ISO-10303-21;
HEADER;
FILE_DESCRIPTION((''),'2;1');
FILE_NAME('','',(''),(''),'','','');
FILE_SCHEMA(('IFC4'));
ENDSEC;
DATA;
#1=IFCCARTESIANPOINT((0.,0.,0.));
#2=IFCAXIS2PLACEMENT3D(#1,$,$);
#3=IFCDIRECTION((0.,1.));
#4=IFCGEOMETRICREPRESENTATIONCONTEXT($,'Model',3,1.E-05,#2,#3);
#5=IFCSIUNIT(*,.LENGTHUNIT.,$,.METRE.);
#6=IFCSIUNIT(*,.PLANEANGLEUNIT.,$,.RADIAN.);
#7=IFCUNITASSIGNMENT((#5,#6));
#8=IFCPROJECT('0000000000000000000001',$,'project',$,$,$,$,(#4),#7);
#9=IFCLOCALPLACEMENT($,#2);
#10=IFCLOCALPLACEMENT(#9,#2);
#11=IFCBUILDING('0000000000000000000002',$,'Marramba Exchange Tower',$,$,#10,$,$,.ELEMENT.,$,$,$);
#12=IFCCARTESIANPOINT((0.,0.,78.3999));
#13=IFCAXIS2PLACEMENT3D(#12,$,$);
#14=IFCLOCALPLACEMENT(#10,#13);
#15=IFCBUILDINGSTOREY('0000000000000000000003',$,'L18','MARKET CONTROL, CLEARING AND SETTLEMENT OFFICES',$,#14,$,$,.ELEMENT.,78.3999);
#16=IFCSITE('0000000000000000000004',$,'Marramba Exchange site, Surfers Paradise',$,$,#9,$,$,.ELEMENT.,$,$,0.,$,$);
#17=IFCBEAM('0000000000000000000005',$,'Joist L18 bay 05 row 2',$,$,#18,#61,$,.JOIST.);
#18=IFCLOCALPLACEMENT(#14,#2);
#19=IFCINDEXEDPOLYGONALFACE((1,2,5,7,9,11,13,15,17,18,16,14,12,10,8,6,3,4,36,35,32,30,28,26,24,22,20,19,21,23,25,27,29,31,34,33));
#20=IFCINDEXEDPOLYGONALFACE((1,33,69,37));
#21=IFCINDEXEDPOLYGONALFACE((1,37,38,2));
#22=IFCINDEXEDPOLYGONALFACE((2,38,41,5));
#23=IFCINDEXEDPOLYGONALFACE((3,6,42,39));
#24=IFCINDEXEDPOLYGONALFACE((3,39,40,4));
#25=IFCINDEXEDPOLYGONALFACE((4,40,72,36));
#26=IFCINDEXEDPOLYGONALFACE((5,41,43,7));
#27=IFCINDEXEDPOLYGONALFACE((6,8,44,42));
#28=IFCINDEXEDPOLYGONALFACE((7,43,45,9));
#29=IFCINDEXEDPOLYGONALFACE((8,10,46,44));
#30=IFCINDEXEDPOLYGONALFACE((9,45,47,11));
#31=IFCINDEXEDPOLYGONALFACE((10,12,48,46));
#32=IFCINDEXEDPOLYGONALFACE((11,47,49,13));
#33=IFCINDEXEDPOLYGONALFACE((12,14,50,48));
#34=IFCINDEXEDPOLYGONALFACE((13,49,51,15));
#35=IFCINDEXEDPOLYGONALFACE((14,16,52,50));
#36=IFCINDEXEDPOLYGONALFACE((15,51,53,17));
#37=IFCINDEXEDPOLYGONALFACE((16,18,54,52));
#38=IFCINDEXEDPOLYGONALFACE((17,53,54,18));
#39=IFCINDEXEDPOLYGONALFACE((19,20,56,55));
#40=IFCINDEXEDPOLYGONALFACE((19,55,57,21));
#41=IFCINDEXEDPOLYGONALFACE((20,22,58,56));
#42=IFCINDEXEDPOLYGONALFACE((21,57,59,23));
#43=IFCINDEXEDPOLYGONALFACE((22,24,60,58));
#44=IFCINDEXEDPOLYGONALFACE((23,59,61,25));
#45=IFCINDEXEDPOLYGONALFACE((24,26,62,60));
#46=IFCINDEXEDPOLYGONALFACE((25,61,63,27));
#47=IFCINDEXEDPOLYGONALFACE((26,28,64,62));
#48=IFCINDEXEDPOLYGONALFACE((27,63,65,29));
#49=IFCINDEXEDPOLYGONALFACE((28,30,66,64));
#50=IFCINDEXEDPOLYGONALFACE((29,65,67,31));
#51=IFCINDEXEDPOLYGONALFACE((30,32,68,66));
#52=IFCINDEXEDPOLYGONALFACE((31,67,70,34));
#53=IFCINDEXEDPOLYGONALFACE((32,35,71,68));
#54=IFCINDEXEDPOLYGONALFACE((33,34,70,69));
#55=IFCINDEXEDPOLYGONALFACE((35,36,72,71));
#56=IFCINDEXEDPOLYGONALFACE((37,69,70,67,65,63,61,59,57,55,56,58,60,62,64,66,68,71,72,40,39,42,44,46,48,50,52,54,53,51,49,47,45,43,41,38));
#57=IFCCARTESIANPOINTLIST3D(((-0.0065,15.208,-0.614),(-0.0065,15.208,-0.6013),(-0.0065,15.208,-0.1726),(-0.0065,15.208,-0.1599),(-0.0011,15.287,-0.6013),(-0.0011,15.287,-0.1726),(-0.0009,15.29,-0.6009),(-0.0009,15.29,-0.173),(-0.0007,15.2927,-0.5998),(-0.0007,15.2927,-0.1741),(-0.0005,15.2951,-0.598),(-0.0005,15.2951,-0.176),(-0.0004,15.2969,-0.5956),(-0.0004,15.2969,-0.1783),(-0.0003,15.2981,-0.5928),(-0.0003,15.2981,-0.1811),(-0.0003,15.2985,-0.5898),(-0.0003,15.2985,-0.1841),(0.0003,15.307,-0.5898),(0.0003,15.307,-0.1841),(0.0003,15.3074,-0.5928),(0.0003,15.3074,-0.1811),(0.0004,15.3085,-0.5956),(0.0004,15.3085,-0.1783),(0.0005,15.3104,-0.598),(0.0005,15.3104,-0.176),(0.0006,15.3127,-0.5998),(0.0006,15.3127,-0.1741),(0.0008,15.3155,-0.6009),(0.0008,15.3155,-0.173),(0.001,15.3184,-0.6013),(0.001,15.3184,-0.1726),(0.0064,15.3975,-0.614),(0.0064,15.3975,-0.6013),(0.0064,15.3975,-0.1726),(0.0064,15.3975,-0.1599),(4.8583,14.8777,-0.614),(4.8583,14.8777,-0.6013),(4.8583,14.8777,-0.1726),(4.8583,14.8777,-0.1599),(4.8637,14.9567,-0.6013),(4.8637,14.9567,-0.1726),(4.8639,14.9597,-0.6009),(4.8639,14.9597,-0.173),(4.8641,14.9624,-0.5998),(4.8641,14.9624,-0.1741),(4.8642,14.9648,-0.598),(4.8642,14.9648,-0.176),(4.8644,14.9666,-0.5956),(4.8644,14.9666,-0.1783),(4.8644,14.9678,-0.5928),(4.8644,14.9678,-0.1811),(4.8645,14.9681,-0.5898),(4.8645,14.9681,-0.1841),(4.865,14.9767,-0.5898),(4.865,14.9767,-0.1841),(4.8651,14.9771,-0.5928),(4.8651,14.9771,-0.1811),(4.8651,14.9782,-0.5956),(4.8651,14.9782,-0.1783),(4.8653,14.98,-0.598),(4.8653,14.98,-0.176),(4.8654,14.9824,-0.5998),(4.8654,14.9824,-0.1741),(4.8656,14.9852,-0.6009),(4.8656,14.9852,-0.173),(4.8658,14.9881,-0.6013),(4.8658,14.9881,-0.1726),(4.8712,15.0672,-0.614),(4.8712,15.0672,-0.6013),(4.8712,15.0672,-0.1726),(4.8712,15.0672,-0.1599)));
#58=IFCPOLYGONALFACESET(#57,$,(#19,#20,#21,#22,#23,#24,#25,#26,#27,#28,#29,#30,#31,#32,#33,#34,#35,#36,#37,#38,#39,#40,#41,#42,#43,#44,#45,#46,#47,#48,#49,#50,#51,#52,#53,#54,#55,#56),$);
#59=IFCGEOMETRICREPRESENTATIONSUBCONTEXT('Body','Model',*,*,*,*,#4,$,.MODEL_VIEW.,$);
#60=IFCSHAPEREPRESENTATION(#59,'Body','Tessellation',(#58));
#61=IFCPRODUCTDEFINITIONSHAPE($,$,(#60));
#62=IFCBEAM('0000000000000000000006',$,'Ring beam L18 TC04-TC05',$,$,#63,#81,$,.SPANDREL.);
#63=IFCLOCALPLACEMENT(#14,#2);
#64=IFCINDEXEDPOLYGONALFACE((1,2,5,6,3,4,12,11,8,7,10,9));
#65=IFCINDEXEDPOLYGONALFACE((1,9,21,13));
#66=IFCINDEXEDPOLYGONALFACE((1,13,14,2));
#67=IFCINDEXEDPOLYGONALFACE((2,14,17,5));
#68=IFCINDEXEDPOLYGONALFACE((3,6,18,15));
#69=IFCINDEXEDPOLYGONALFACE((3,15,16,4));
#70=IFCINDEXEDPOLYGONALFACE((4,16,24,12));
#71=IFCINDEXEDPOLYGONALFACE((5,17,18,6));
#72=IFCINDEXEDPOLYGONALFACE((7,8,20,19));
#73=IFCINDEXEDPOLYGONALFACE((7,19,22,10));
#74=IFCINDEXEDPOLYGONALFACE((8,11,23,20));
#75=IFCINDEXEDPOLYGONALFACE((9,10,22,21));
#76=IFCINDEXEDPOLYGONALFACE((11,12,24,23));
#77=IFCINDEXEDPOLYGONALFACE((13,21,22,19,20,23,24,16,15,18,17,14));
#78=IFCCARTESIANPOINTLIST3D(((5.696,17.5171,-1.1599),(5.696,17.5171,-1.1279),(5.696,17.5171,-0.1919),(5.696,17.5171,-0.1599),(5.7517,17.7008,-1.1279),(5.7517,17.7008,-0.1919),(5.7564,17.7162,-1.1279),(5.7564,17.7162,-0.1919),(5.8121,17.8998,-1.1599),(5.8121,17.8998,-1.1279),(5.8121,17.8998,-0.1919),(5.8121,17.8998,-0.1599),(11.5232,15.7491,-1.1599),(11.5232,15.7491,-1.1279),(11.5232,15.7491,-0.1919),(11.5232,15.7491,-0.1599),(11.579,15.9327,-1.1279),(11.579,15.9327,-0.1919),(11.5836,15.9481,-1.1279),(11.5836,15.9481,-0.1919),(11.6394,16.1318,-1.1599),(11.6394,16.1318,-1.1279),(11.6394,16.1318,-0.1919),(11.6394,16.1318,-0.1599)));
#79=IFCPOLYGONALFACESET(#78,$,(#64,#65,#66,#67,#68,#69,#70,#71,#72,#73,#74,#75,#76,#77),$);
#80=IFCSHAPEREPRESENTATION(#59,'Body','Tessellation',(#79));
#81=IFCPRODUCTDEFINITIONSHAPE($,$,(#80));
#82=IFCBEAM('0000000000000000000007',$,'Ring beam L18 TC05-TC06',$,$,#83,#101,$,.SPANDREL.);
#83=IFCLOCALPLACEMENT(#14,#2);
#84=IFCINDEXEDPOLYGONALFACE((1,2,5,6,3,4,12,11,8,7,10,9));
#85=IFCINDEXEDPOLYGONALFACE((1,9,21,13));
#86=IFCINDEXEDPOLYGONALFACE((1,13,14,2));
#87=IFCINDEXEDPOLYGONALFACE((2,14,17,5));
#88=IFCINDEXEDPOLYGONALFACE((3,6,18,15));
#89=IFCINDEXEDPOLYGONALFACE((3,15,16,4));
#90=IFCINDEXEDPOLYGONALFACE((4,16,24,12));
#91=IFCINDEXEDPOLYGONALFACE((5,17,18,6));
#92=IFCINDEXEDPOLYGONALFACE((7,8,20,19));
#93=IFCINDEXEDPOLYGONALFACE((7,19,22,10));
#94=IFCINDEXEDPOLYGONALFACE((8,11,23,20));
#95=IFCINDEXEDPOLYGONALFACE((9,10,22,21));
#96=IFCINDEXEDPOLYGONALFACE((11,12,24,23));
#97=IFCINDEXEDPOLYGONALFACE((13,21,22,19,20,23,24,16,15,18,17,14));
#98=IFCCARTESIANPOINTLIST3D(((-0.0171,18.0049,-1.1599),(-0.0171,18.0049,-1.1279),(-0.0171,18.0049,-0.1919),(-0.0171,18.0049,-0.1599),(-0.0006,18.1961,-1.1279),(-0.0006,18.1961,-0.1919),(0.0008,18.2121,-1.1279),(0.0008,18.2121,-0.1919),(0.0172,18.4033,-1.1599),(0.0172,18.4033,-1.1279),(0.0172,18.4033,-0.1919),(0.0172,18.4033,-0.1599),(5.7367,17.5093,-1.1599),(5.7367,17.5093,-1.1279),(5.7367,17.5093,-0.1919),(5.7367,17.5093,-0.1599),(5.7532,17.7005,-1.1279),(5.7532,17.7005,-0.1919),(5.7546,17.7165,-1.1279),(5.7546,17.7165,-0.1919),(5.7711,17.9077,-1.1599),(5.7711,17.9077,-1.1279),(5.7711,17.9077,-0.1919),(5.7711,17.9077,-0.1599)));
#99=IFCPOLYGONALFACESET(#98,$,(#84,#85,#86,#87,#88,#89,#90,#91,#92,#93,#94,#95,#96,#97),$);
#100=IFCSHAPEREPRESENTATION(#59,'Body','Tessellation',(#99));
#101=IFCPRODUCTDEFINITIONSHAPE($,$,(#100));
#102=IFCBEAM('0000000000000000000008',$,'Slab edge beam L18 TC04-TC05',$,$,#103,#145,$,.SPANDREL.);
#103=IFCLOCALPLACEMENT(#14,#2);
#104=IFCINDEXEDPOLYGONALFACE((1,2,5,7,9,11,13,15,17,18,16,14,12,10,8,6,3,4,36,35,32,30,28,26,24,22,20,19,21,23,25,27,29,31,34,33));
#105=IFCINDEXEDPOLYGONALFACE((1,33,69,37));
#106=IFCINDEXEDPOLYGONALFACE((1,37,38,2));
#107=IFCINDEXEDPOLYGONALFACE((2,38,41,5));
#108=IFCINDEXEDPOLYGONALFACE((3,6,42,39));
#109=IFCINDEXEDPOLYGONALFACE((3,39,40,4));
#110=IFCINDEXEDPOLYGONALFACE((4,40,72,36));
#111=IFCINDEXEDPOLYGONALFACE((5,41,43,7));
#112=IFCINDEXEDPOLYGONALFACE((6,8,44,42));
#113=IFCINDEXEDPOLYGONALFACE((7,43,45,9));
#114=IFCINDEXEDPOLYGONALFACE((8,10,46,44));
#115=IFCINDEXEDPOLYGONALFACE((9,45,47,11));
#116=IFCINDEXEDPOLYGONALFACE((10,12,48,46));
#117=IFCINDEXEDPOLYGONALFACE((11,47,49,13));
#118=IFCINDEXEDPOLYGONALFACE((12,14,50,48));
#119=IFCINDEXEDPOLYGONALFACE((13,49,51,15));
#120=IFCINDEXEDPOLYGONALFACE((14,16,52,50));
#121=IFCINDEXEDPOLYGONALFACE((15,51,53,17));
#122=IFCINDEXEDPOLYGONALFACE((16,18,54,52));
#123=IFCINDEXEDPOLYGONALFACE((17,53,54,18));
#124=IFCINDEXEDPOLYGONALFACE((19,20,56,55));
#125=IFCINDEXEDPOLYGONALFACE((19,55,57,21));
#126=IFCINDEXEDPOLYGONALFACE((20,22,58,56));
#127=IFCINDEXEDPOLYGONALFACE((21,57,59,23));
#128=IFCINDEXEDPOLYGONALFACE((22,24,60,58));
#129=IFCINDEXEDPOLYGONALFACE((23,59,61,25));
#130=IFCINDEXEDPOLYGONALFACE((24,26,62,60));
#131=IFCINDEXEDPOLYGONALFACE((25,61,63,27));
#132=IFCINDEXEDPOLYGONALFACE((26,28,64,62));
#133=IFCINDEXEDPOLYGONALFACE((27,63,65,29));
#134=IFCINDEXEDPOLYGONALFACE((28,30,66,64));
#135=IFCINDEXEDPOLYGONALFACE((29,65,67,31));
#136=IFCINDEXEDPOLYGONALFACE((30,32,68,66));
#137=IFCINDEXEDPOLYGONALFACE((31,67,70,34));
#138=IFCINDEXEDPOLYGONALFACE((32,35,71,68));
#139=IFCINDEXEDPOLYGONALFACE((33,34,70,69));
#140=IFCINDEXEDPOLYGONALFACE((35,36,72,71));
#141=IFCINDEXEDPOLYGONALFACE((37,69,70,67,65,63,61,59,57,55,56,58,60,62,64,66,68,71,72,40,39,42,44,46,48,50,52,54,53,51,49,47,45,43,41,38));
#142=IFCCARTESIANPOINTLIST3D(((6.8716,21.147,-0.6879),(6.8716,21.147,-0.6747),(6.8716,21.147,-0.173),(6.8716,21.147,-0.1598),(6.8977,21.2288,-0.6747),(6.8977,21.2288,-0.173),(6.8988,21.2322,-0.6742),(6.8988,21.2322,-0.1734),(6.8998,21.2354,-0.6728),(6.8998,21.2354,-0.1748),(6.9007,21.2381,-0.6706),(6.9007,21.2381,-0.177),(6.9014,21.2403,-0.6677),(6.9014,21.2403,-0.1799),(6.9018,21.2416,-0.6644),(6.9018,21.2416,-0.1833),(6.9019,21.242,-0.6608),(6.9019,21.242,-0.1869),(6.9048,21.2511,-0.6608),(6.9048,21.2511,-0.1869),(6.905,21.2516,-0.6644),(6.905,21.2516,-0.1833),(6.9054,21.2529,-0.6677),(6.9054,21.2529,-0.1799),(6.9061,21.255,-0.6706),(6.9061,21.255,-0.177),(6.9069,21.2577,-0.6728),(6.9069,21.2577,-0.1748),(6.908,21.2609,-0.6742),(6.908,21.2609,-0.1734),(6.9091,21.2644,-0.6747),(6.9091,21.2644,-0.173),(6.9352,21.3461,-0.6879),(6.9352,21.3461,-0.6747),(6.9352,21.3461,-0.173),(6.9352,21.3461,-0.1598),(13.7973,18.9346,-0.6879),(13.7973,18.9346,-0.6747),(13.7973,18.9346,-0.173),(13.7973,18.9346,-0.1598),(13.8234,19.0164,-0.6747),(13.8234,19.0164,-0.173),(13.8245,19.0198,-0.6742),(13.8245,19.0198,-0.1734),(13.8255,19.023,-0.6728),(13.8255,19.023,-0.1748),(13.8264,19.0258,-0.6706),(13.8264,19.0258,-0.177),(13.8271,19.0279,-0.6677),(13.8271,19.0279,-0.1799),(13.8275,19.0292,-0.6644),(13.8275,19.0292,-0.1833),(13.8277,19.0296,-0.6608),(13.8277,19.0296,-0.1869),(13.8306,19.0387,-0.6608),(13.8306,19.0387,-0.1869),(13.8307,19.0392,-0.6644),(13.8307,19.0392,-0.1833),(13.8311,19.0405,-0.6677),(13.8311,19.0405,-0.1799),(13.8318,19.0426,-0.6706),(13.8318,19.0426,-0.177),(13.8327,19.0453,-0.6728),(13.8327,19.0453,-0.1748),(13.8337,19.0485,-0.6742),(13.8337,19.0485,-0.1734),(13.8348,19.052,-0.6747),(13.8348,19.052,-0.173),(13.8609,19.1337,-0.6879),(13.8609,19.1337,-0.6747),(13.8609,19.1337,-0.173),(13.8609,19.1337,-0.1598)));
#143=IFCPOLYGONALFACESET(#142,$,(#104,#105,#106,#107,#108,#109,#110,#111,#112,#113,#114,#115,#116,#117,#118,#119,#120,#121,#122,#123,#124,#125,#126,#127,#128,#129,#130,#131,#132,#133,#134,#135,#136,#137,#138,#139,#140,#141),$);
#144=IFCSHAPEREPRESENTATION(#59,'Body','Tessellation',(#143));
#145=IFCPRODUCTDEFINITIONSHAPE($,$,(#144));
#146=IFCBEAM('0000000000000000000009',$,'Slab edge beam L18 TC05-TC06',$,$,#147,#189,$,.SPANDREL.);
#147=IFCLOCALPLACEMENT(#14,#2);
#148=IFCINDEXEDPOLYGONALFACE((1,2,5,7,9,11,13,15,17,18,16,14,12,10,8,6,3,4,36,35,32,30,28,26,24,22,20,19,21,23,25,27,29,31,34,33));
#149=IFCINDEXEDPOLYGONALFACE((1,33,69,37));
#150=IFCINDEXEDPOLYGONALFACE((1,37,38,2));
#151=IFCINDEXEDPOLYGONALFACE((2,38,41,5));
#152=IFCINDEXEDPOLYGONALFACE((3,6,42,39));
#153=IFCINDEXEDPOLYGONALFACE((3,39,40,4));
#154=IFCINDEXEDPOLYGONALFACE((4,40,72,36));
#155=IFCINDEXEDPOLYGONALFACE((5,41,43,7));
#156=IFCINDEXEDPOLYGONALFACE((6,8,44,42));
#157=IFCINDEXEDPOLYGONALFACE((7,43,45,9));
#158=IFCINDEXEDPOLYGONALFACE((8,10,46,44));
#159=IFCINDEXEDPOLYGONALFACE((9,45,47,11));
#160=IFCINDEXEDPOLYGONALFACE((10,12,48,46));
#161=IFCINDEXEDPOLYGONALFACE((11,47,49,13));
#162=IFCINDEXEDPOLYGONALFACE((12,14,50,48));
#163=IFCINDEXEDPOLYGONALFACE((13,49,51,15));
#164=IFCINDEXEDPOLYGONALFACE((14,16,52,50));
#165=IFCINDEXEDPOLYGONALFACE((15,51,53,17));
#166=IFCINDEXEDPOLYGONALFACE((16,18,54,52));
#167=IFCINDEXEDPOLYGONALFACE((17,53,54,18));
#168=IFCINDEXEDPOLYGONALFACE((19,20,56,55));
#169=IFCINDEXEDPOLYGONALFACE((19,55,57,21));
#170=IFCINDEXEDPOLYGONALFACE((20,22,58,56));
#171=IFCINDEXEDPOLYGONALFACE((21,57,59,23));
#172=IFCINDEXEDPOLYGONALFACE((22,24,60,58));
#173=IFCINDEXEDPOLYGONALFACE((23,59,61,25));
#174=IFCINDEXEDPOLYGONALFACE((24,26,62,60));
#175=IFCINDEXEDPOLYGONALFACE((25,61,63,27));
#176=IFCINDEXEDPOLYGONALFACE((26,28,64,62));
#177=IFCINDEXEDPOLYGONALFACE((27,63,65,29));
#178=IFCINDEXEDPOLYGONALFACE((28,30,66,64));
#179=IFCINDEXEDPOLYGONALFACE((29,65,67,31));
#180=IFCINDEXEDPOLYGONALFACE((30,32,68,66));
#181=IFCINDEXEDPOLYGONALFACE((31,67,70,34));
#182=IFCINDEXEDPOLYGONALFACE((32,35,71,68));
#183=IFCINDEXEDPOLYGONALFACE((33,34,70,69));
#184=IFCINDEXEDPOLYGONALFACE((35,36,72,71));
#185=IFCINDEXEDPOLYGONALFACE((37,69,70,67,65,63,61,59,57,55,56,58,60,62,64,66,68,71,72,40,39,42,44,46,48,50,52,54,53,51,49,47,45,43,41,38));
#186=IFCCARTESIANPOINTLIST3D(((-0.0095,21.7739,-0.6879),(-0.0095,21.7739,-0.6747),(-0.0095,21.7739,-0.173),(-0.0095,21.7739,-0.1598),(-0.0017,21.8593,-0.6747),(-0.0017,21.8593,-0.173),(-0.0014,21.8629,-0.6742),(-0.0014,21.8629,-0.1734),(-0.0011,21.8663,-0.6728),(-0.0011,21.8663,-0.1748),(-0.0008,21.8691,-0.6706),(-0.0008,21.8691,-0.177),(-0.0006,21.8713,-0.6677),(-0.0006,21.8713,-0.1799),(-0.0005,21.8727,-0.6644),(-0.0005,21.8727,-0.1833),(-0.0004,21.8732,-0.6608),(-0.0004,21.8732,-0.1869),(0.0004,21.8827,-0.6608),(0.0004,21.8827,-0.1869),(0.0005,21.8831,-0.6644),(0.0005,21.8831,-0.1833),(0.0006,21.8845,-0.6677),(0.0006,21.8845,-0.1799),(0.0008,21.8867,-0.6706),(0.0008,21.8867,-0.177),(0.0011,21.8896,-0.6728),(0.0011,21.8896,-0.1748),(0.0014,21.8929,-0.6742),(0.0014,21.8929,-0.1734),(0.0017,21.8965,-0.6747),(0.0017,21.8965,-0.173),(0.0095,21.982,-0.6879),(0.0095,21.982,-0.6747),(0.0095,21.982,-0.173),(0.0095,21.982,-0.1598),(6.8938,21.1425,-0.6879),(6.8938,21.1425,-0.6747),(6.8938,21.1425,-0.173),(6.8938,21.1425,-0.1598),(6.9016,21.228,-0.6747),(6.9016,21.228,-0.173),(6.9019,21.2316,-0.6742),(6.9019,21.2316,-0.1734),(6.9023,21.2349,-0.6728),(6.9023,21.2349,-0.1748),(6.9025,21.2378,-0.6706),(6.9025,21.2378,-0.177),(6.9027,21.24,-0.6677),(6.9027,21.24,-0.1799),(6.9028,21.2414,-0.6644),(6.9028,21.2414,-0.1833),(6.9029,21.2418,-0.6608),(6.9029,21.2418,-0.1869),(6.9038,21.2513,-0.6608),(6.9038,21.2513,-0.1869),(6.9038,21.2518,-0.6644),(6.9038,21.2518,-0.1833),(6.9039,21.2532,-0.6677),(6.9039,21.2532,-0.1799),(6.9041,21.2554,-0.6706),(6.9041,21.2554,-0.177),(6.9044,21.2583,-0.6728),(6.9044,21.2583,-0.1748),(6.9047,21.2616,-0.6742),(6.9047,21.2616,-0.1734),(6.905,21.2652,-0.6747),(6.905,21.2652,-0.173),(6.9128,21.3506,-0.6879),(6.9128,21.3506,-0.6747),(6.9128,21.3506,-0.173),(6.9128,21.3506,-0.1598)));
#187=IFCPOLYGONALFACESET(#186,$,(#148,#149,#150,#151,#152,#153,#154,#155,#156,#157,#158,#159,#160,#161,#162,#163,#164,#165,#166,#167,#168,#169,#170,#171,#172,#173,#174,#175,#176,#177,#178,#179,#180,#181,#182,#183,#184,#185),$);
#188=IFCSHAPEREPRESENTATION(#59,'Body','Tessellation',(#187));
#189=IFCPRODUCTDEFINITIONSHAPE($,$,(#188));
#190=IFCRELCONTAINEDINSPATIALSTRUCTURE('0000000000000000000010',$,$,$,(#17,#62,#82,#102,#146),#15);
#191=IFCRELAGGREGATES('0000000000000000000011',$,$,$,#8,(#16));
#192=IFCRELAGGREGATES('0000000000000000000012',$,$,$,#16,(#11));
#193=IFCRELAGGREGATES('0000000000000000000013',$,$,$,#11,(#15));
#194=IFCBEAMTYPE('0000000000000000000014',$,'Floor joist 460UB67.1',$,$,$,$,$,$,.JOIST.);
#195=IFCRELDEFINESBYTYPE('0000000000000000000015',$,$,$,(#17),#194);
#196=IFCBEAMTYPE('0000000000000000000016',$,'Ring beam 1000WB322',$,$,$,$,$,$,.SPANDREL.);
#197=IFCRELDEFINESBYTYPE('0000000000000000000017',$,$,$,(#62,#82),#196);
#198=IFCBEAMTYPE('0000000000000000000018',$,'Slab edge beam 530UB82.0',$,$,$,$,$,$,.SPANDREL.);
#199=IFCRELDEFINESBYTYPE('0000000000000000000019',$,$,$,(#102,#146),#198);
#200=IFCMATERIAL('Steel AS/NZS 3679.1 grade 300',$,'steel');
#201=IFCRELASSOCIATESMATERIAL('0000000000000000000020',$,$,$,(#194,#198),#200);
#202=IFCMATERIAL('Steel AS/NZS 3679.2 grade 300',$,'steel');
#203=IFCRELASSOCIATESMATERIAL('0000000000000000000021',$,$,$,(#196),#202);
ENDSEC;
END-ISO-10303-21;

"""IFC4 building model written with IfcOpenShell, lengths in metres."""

from ifc_helpers import new_model, si_unit, direction, frame, origin, origin_2d, place, context, subcontext, project, spatial, i_section, extrude, material, material_profile, profile_set, type_object, element, save


model = new_model("IFC4")

# Units and contexts
model_context = context("Model", 3, precision=1e-05, world=origin(), true_north=direction((0.0, 1.0)))
body_context = subcontext(model_context, "Body", "Model", "MODEL_VIEW")
ifc_project = project(units=[si_unit("LENGTHUNIT", "METRE"), si_unit("PLANEANGLEUNIT", "RADIAN")], contexts=[model_context])

# Site, building, storey
site_placement = place(None, origin())
site = spatial("IfcSite", under=ifc_project, at=site_placement, Name="Marramba Exchange site, Surfers Paradise", CompositionType="ELEMENT", RefElevation=0.0)
building_placement = place(site_placement, origin())
building = spatial("IfcBuilding", under=site, at=building_placement, Name="Marramba Exchange Tower", CompositionType="ELEMENT")
storey_placement = place(building_placement, frame((0.0, 0.0, 78.3999)))
storey = spatial("IfcBuildingStorey", under=building, at=storey_placement, Name="L18", Description="MARKET CONTROL, CLEARING AND SETTLEMENT OFFICES", CompositionType="ELEMENT", Elevation=78.3999)

# Beams
ifc_material_1 = material(Name="Steel AS/NZS 3679.2 grade 300", Category="steel")
ifc_material_2 = material(Name="Steel AS/NZS 3679.1 grade 300", Category="steel")
ifc_material_profile_1 = material_profile(ifc_material_2, i_section(OverallWidth=0.1899, OverallDepth=0.4541, WebThickness=0.0085, FlangeThickness=0.0127, FilletRadius=0.0115, at=origin_2d()), Name="460UB67.1")
ifc_profile_set_1 = profile_set([ifc_material_profile_1], Name="Steel AS/NZS 3679.1 grade 300")
beam_type_1 = type_object("IfcBeamType", Name="Floor joist 460UB67.1", PredefinedType="JOIST", material=ifc_profile_set_1)
beam_1_placement = place(storey_placement, frame((4.8647, 14.9724, -0.387), z_axis=(-0.997703, 0.067745, 0.0), x_axis=(-0.067745, -0.997703, 0.0)))
element("IfcBeam", 1, at=beam_1_placement, inside=storey, type_object=beam_type_1, Name="Joist L18 bay 05 row 2", PredefinedType="JOIST", context=body_context, shape_type="SweptSolid", body=[
    extrude(i_section(OverallWidth=0.1899, OverallDepth=0.4541, WebThickness=0.0085, FlangeThickness=0.0127, FilletRadius=0.0115, at=origin_2d()), origin(), (0.0, 0.0, 1.0), 4.876),
])
ifc_material_profile_2 = material_profile(ifc_material_1, i_section(OverallWidth=0.3999, OverallDepth=1.0, WebThickness=0.0161, FlangeThickness=0.032, at=origin_2d()), Name="1000WB322")
ifc_profile_set_2 = profile_set([ifc_material_profile_2], Name="Steel AS/NZS 3679.2 grade 300")
beam_type_2 = type_object("IfcBeamType", Name="Ring beam 1000WB322", PredefinedType="SPANDREL", material=ifc_profile_set_2)
beam_2_placement = place(storey_placement, frame((11.5813, 15.9404, -0.6599), z_axis=(-0.956925, 0.290337, 0.0), x_axis=(-0.290337, -0.956925, 0.0)))
element("IfcBeam", 2, at=beam_2_placement, inside=storey, type_object=beam_type_2, Name="Ring beam L18 TC04-TC05", PredefinedType="SPANDREL", context=body_context, shape_type="SweptSolid", body=[
    extrude(i_section(OverallWidth=0.3999, OverallDepth=1.0, WebThickness=0.0161, FlangeThickness=0.032, at=origin_2d()), origin(), (0.0, 0.0, 1.0), 6.0896),
])
beam_3_placement = place(storey_placement, frame((5.7539, 17.7085, -0.6599), z_axis=(-0.996311, 0.085816, 0.0), x_axis=(-0.085816, -0.996311, 0.0)))
element("IfcBeam", 3, at=beam_3_placement, inside=storey, type_object=beam_type_2, Name="Ring beam L18 TC05-TC06", PredefinedType="SPANDREL", context=body_context, shape_type="SweptSolid", body=[
    extrude(i_section(OverallWidth=0.3999, OverallDepth=1.0, WebThickness=0.0161, FlangeThickness=0.032, at=origin_2d()), origin(), (0.0, 0.0, 1.0), 5.7751),
])
ifc_material_profile_3 = material_profile(ifc_material_2, i_section(OverallWidth=0.209, OverallDepth=0.5281, WebThickness=0.0095, FlangeThickness=0.0132, FilletRadius=0.0139, at=origin_2d()), Name="530UB82.0")
ifc_profile_set_3 = profile_set([ifc_material_profile_3], Name="Steel AS/NZS 3679.1 grade 300")
beam_type_3 = type_object("IfcBeamType", Name="Slab edge beam 530UB82.0", PredefinedType="SPANDREL", material=ifc_profile_set_3)
beam_4_placement = place(storey_placement, frame((13.8291, 19.0342, -0.4238), z_axis=(-0.952578, 0.304296, 0.0), x_axis=(-0.304296, -0.952578, 0.0)))
element("IfcBeam", 4, at=beam_4_placement, inside=storey, type_object=beam_type_3, Name="Slab edge beam L18 TC04-TC05", PredefinedType="SPANDREL", context=body_context, shape_type="SweptSolid", body=[
    extrude(i_section(OverallWidth=0.209, OverallDepth=0.5281, WebThickness=0.0095, FlangeThickness=0.0132, FilletRadius=0.0139, at=origin_2d()), origin(), (0.0, 0.0, 1.0), 7.2705),
])
beam_5_placement = place(storey_placement, frame((6.9033, 21.2466, -0.4238), z_axis=(-0.995844, 0.091076, 0.0), x_axis=(-0.091076, -0.995844, 0.0)))
element("IfcBeam", 5, at=beam_5_placement, inside=storey, type_object=beam_type_3, Name="Slab edge beam L18 TC05-TC06", PredefinedType="SPANDREL", context=body_context, shape_type="SweptSolid", body=[
    extrude(i_section(OverallWidth=0.209, OverallDepth=0.5281, WebThickness=0.0095, FlangeThickness=0.0132, FilletRadius=0.0139, at=origin_2d()), origin(), (0.0, 0.0, 1.0), 6.9321),
])

save(model, "model.ifc")
